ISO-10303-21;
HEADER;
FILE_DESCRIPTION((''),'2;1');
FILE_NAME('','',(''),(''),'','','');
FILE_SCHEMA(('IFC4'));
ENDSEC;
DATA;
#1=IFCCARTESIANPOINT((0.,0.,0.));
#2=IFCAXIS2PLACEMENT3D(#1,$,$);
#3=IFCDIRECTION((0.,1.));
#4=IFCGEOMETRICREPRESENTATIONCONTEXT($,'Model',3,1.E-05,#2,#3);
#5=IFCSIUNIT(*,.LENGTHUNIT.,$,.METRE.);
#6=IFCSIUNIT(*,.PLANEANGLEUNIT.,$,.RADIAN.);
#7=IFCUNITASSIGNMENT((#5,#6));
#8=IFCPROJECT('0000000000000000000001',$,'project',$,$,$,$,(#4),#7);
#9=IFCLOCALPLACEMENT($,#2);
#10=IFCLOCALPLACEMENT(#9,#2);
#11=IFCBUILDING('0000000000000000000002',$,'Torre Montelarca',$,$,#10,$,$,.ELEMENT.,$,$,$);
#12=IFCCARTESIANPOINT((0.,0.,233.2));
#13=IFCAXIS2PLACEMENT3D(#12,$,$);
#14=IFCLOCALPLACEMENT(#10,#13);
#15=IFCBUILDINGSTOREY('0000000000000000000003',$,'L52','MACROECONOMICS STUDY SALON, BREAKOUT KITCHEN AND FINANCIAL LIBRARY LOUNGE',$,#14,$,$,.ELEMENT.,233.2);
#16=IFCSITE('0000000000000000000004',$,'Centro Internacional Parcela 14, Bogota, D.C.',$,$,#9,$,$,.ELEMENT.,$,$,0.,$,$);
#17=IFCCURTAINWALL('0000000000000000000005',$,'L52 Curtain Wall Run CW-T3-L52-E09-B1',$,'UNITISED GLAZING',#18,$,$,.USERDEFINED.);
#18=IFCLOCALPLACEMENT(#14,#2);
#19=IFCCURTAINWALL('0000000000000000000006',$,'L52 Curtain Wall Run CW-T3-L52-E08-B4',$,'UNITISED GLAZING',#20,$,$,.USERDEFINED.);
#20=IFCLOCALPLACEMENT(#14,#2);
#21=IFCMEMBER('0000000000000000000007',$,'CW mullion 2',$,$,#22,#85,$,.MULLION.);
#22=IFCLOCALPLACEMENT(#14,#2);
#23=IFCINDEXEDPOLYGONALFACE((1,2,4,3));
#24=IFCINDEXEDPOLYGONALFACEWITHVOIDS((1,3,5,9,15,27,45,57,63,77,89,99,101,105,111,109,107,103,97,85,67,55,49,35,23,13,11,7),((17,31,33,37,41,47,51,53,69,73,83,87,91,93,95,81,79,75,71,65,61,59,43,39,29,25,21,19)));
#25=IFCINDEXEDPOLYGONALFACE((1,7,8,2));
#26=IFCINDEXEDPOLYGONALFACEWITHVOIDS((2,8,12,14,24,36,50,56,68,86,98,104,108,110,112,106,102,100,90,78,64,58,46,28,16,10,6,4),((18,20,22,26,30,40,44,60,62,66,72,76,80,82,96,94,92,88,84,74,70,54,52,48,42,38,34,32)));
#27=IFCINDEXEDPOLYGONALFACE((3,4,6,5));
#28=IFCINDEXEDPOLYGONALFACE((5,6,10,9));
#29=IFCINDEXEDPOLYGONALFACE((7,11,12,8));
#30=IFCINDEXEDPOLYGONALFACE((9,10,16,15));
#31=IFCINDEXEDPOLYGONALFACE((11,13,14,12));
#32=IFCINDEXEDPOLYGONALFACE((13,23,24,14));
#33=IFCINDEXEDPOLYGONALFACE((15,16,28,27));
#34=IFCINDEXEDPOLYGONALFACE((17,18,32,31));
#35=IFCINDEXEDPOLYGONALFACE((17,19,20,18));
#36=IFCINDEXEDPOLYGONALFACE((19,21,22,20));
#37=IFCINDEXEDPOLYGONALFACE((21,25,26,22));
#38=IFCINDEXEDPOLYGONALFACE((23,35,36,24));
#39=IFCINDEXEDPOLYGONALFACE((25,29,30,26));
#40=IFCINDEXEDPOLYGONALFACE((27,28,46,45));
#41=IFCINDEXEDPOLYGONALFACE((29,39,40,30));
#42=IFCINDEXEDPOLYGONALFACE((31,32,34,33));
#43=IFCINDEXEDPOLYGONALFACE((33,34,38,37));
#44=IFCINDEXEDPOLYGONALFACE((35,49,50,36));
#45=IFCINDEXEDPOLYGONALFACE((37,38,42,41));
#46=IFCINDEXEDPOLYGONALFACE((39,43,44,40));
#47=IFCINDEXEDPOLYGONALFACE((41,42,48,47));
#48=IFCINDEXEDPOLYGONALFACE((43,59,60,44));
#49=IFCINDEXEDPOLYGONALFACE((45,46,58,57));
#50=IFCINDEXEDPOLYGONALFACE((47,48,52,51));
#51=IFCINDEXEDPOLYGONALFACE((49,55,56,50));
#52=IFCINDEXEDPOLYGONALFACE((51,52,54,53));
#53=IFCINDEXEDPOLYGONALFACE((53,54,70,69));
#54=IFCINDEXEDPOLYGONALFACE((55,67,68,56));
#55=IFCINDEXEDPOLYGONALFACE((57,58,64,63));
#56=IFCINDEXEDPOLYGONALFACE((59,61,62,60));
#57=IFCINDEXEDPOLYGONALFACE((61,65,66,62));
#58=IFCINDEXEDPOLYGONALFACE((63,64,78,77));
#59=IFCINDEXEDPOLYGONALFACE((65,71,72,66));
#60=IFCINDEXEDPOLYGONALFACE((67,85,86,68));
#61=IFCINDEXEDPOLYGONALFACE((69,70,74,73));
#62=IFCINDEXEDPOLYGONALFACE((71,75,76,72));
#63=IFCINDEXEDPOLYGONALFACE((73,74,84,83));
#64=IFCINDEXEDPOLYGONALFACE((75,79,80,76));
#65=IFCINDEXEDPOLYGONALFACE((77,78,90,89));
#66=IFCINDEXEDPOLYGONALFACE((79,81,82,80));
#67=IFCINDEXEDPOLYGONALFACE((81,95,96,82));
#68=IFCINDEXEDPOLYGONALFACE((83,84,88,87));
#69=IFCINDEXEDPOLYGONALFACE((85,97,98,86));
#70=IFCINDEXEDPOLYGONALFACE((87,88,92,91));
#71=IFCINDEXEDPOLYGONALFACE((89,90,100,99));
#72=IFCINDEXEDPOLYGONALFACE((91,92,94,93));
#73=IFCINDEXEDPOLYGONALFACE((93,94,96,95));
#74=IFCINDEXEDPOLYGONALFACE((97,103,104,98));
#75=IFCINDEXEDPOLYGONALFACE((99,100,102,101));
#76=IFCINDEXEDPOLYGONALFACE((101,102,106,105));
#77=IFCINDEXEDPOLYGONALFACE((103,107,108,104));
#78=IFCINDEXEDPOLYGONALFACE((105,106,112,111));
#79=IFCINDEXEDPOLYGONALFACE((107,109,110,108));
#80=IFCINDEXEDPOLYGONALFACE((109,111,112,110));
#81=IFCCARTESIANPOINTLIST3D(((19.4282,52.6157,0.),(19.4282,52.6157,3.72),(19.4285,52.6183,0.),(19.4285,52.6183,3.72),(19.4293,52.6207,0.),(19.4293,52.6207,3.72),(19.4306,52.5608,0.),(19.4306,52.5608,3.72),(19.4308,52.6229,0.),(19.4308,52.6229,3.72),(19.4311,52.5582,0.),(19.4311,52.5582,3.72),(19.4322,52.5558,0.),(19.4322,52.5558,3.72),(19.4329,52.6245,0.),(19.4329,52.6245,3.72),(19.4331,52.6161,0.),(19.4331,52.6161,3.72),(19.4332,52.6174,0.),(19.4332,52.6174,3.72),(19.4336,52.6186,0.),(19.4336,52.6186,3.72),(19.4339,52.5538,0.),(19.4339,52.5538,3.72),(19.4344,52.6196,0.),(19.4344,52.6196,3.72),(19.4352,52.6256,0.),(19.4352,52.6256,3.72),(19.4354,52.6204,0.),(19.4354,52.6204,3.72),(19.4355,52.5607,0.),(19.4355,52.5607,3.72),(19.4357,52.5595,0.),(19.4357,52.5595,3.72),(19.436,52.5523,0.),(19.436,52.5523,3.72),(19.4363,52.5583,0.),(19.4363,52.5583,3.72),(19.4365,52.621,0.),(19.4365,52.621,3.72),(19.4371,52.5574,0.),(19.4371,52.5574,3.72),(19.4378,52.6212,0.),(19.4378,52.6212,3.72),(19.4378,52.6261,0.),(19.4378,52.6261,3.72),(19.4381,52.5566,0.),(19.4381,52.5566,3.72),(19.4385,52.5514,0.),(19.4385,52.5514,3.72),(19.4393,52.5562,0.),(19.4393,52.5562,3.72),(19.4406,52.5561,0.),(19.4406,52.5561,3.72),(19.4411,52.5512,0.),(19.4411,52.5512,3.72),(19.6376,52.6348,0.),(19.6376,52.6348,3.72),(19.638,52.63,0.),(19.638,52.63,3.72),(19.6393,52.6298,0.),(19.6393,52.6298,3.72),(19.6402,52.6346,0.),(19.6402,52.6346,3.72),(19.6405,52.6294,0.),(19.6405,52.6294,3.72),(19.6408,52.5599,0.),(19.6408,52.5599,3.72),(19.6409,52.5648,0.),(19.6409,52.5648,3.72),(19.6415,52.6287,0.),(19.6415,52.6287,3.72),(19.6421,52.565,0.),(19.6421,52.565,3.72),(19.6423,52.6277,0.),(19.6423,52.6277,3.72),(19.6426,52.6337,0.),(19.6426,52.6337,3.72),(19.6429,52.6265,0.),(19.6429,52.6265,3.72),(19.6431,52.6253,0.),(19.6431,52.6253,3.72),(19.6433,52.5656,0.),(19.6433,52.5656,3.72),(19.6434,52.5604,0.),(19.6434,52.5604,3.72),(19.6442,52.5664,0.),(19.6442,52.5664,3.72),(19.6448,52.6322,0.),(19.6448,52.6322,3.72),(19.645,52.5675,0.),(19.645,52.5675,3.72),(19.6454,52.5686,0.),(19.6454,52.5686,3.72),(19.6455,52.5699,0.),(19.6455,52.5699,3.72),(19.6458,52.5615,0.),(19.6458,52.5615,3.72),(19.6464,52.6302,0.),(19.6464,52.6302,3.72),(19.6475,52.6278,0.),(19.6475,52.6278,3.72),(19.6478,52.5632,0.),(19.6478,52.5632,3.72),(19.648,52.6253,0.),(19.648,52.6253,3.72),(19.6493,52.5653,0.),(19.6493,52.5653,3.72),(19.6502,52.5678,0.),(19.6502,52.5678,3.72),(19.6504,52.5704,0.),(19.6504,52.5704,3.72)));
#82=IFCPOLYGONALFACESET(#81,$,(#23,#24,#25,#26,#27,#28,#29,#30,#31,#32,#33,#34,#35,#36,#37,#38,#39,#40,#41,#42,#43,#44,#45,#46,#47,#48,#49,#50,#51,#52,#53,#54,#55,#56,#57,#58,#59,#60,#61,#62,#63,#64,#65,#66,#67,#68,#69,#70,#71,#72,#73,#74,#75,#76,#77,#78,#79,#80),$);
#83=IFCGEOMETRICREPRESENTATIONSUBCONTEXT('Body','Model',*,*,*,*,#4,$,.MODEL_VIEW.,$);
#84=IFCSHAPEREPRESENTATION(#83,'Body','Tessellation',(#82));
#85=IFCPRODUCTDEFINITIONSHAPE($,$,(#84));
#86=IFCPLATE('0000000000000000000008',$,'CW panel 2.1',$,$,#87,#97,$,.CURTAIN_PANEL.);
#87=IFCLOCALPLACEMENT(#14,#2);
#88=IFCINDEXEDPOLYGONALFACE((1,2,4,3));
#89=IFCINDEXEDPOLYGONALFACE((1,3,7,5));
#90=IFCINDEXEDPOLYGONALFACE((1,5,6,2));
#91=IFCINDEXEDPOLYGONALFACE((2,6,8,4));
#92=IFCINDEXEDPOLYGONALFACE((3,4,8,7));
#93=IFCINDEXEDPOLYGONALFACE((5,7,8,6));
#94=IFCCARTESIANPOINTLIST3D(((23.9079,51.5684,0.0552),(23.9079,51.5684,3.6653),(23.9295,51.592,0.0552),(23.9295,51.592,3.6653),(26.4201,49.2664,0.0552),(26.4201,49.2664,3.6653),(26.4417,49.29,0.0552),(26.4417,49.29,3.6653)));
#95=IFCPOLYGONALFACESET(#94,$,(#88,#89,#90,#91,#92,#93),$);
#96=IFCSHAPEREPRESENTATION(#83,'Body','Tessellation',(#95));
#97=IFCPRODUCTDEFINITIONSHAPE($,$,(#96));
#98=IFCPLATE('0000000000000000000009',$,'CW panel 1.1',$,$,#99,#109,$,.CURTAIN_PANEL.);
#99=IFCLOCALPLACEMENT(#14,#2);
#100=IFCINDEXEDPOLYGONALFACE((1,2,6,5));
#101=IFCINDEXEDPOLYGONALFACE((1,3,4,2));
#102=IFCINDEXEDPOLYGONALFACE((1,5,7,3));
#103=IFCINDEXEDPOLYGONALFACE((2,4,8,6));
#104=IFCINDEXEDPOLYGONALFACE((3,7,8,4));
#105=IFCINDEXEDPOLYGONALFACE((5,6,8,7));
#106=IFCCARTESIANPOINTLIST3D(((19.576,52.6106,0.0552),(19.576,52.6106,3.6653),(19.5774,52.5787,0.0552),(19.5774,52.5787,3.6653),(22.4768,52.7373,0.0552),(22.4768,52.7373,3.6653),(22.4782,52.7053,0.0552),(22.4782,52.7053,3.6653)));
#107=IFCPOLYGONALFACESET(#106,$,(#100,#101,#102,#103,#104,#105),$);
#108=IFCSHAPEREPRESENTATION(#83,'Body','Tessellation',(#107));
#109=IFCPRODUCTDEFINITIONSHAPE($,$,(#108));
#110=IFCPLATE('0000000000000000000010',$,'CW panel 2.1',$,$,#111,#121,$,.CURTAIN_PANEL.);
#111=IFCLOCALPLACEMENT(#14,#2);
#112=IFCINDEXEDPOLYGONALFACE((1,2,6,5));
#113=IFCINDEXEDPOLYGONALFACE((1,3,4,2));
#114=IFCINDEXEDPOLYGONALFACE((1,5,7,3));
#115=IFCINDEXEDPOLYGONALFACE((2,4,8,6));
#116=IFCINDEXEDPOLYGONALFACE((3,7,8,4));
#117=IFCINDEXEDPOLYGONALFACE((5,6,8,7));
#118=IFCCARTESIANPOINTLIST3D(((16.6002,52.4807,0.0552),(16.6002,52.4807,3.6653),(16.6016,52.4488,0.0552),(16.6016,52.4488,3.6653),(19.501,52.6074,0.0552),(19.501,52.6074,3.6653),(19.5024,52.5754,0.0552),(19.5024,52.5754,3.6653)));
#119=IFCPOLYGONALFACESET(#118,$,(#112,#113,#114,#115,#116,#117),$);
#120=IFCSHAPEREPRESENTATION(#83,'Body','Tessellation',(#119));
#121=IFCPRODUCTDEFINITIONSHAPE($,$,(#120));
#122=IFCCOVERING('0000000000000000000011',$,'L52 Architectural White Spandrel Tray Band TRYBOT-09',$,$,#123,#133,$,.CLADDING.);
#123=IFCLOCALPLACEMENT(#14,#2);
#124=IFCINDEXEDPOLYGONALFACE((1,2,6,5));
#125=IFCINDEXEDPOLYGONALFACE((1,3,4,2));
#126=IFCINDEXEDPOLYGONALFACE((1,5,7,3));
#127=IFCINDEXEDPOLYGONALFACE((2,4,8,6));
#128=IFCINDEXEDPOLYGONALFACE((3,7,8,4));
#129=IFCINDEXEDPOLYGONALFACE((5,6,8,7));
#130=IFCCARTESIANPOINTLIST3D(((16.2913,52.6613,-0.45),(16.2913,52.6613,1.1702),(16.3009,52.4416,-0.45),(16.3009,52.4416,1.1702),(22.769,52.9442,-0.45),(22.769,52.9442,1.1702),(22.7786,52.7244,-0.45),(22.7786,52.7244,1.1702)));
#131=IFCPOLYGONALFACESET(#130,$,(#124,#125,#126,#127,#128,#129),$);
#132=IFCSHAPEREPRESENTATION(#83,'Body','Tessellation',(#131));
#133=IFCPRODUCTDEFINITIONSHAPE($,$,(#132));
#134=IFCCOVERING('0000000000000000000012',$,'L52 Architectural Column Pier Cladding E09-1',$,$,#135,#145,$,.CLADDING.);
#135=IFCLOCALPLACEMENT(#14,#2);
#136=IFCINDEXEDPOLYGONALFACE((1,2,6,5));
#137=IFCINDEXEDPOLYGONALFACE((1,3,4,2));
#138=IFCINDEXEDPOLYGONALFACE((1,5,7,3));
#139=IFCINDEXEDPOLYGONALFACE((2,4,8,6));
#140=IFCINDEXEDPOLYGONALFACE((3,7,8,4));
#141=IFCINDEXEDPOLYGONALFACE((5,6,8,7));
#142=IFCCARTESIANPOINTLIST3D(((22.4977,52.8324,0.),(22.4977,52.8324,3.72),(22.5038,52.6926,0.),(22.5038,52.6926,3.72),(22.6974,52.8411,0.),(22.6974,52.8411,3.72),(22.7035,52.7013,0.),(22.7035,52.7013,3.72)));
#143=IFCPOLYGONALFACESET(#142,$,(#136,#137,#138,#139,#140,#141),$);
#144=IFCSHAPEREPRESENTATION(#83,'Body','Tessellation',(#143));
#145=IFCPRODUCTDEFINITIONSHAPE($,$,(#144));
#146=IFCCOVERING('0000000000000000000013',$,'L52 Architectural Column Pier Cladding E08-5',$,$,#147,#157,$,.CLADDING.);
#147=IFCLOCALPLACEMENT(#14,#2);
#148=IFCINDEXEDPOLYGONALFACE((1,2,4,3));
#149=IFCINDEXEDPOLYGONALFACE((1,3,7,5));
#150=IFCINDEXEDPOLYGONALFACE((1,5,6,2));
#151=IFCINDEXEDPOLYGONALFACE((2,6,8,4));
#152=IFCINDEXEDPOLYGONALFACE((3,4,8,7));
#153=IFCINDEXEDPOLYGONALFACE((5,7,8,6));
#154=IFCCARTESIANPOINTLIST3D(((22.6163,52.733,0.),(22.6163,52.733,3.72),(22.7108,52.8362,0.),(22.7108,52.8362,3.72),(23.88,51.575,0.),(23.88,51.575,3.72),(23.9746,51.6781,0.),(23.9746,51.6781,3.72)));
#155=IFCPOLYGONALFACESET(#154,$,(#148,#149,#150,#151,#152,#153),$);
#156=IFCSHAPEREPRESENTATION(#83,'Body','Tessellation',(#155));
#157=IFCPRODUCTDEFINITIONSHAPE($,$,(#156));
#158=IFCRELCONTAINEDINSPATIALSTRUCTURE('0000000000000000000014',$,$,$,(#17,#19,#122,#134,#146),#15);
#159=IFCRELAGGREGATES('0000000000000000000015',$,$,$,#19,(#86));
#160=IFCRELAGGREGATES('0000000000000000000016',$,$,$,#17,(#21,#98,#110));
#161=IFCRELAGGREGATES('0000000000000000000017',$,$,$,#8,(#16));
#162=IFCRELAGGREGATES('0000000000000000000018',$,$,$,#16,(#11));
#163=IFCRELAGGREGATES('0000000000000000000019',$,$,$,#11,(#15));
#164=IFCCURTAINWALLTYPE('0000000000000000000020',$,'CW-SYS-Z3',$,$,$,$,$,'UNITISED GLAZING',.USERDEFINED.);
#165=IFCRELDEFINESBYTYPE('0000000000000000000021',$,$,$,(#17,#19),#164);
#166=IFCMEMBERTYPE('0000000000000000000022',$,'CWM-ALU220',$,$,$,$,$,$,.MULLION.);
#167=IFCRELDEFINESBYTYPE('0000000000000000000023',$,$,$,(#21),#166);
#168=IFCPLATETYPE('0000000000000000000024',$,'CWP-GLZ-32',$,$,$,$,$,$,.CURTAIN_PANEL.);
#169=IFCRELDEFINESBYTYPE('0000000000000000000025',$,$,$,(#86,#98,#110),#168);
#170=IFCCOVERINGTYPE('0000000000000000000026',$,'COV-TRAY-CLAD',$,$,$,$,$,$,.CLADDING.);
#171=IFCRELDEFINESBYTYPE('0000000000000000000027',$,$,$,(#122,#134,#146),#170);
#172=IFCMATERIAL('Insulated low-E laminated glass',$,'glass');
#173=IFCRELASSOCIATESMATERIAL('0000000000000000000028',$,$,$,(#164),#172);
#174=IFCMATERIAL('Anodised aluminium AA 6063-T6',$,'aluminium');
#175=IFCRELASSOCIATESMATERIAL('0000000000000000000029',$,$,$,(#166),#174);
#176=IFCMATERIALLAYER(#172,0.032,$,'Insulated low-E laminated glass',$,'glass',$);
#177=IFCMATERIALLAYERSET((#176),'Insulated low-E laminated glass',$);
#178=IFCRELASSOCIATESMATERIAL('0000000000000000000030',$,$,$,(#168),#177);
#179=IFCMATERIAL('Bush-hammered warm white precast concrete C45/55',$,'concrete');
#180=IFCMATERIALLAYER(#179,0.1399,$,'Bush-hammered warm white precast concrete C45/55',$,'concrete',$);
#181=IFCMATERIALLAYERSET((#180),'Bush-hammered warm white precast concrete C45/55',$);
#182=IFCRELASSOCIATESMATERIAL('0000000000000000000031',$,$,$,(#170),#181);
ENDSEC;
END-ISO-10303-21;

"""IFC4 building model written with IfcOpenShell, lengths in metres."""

from ifc_helpers import new_model, si_unit, direction, frame, origin, origin_2d, place, context, subcontext, project, spatial, rectangle, hollow_rectangle, extrude, source, transform, mapped, material, layer, layer_set, material_profile, profile_set, type_object, element, aggregate, save


model = new_model("IFC4")

# Units and contexts
model_context = context("Model", 3, precision=1e-05, world=origin(), true_north=direction((0.0, 1.0)))
body_context = subcontext(model_context, "Body", "Model", "MODEL_VIEW")
ifc_project = project(units=[si_unit("LENGTHUNIT", "METRE"), si_unit("PLANEANGLEUNIT", "RADIAN")], contexts=[model_context])

# Site, building, storey
site_placement = place(None, origin())
site = spatial("IfcSite", under=ifc_project, at=site_placement, Name="Centro Internacional Parcela 14, Bogota, D.C.", CompositionType="ELEMENT", RefElevation=0.0)
building_placement = place(site_placement, origin())
building = spatial("IfcBuilding", under=site, at=building_placement, Name="Torre Montelarca", CompositionType="ELEMENT")
storey_placement = place(building_placement, frame((0.0, 0.0, 233.2)))
storey = spatial("IfcBuildingStorey", under=building, at=storey_placement, Name="L52", Description="MACROECONOMICS STUDY SALON, BREAKOUT KITCHEN AND FINANCIAL LIBRARY LOUNGE", CompositionType="ELEMENT", Elevation=233.2)

# Curtain walls
ifc_material_1 = material(Name="Insulated low-E laminated glass", Category="glass")
curtain_wall_type = type_object("IfcCurtainWallType", Name="CW-SYS-Z3", ElementType="UNITISED GLAZING", PredefinedType="USERDEFINED", material=ifc_material_1)
curtain_wall_1_placement = place(storey_placement, origin())
curtain_wall_1 = element("IfcCurtainWall", 1, at=curtain_wall_1_placement, inside=storey, type_object=curtain_wall_type, Name="L52 Curtain Wall Run CW-T3-L52-E09-B1", ObjectType="UNITISED GLAZING", PredefinedType="USERDEFINED")
ifc_material_2 = material(Name="Anodised aluminium AA 6063-T6", Category="aluminium")
curtain_wall_2_placement = place(storey_placement, origin())
curtain_wall_2 = element("IfcCurtainWall", 2, at=curtain_wall_2_placement, inside=storey, type_object=curtain_wall_type, Name="L52 Curtain Wall Run CW-T3-L52-E08-B4", ObjectType="UNITISED GLAZING", PredefinedType="USERDEFINED")
ifc_material_profile_1 = material_profile(ifc_material_2, hollow_rectangle(XDim=0.075, YDim=0.22, WallThickness=0.0049, InnerFilletRadius=0.0049, OuterFilletRadius=0.01, at=origin_2d()), Name="ALU75X220X5", Category="aluminium")
ifc_profile_set_1 = profile_set([ifc_material_profile_1], Name="Anodised aluminium AA 6063-T6")
member_type_1 = type_object("IfcMemberType", Name="CWM-ALU220", PredefinedType="MULLION", material=ifc_profile_set_1)
shared_shape_1 = source(origin(), body_context, "Body", "SweptSolid", [
    extrude(hollow_rectangle(XDim=0.075, YDim=0.22, WallThickness=0.0049, InnerFilletRadius=0.0049, OuterFilletRadius=0.01, at=origin_2d()), origin(), (0.0, 0.0, 1.0), 3.72),
])

# Member
member_1_placement = place(storey_placement, frame((19.5393, 52.593, 0.0), z_axis=(0.0, 0.0, 1.0), x_axis=(0.043616, -0.999048, 0.0)))
member_1 = element("IfcMember", 3, at=member_1_placement, type_object=member_type_1, Name="CW mullion 2", PredefinedType="MULLION", context=body_context, shape_type="MappedRepresentation", body=[
    mapped(shared_shape_1, transform((0.0, 0.0, 0.0), scale=1.0)),
])

# Plates
ifc_layer_1 = layer(ifc_material_1, 0.032, Name="Insulated low-E laminated glass", Category="glass")
ifc_layer_set_1 = layer_set([ifc_layer_1], Name="Insulated low-E laminated glass")
plate_type = type_object("IfcPlateType", Name="CWP-GLZ-32", PredefinedType="CURTAIN_PANEL", material=ifc_layer_set_1)
shared_shape_2 = source(origin(), body_context, "Body", "SweptSolid", [
    extrude(rectangle(XDim=3.4075, YDim=0.032, at=origin_2d()), origin(), (0.0, 0.0, 1.0), 3.6101),
])
plate_1_placement = place(storey_placement, frame((25.1748, 50.4292, 0.0552), z_axis=(0.0, 0.0, 1.0), x_axis=(-0.737272, 0.675596, 0.0)))
plate_1 = element("IfcPlate", 4, at=plate_1_placement, type_object=plate_type, Name="CW panel 2.1", PredefinedType="CURTAIN_PANEL", context=body_context, shape_type="MappedRepresentation", body=[
    mapped(shared_shape_2, transform((0.0, 0.0, 0.0), scale=1.0)),
])
aggregate(curtain_wall_2, [plate_1])
shared_shape_3 = source(origin(), body_context, "Body", "SweptSolid", [
    extrude(rectangle(XDim=2.9036, YDim=0.032, at=origin_2d()), origin(), (0.0, 0.0, 1.0), 3.6101),
])
plate_2_placement = place(storey_placement, frame((21.0271, 52.658, 0.0552), z_axis=(0.0, 0.0, 1.0), x_axis=(-0.999048, -0.043616, 0.0)))
plate_2 = element("IfcPlate", 5, at=plate_2_placement, type_object=plate_type, Name="CW panel 1.1", PredefinedType="CURTAIN_PANEL", context=body_context, shape_type="MappedRepresentation", body=[
    mapped(shared_shape_3, transform((0.0, 0.0, 0.0), scale=1.0)),
])
plate_3_placement = place(storey_placement, frame((18.0513, 52.5281, 0.0552), z_axis=(0.0, 0.0, 1.0), x_axis=(-0.999048, -0.043616, 0.0)))
plate_3 = element("IfcPlate", 6, at=plate_3_placement, type_object=plate_type, Name="CW panel 2.1", PredefinedType="CURTAIN_PANEL", context=body_context, shape_type="MappedRepresentation", body=[
    mapped(shared_shape_3, transform((0.0, 0.0, 0.0), scale=1.0)),
])
aggregate(curtain_wall_1, [member_1, plate_2, plate_3])

# Coverings
ifc_material_3 = material(Name="Bush-hammered warm white precast concrete C45/55", Category="concrete")
ifc_layer_2 = layer(ifc_material_3, 0.1399, Name="Bush-hammered warm white precast concrete C45/55", Category="concrete")
ifc_layer_set_2 = layer_set([ifc_layer_2], Name="Bush-hammered warm white precast concrete C45/55")
covering_type = type_object("IfcCoveringType", Name="COV-TRAY-CLAD", PredefinedType="CLADDING", material=ifc_layer_set_2)
shared_shape_4 = source(origin(), body_context, "Body", "SweptSolid", [
    extrude(rectangle(XDim=6.4839, YDim=0.22, at=origin_2d()), origin(), (0.0, 0.0, 1.0), 1.6201),
])
covering_1_placement = place(storey_placement, frame((19.5349, 52.6929, -0.45), z_axis=(0.0, 0.0, 1.0), x_axis=(-0.999048, -0.043621, 0.0)))
element("IfcCovering", 7, at=covering_1_placement, inside=storey, type_object=covering_type, Name="L52 Architectural White Spandrel Tray Band TRYBOT-09", PredefinedType="CLADDING", context=body_context, shape_type="MappedRepresentation", body=[
    mapped(shared_shape_4, transform((0.0, 0.0, 0.0), scale=1.0)),
])
shared_shape_5 = source(origin(), body_context, "Body", "SweptSolid", [
    extrude(rectangle(XDim=0.2, YDim=0.1399, at=origin_2d()), origin(), (0.0, 0.0, 1.0), 3.72),
])
covering_2_placement = place(storey_placement, frame((22.6006, 52.7668, 0.0), z_axis=(0.0, 0.0, 1.0), x_axis=(-0.999048, -0.043628, 0.0)))
element("IfcCovering", 8, at=covering_2_placement, inside=storey, type_object=covering_type, Name="L52 Architectural Column Pier Cladding E09-1", PredefinedType="CLADDING", context=body_context, shape_type="MappedRepresentation", body=[
    mapped(shared_shape_5, transform((0.0, 0.0, 0.0), scale=1.0)),
])
shared_shape_6 = source(origin(), body_context, "Body", "SweptSolid", [
    extrude(rectangle(XDim=1.7141, YDim=0.1399, at=origin_2d()), origin(), (0.0, 0.0, 1.0), 3.72),
])
covering_3_placement = place(storey_placement, frame((23.2954, 52.2056, 0.0), z_axis=(0.0, 0.0, 1.0), x_axis=(-0.737277, 0.67559, 0.0)))
element("IfcCovering", 9, at=covering_3_placement, inside=storey, type_object=covering_type, Name="L52 Architectural Column Pier Cladding E08-5", PredefinedType="CLADDING", context=body_context, shape_type="MappedRepresentation", body=[
    mapped(shared_shape_6, transform((0.0, 0.0, 0.0), scale=1.0)),
])

save(model, "model.ifc")
